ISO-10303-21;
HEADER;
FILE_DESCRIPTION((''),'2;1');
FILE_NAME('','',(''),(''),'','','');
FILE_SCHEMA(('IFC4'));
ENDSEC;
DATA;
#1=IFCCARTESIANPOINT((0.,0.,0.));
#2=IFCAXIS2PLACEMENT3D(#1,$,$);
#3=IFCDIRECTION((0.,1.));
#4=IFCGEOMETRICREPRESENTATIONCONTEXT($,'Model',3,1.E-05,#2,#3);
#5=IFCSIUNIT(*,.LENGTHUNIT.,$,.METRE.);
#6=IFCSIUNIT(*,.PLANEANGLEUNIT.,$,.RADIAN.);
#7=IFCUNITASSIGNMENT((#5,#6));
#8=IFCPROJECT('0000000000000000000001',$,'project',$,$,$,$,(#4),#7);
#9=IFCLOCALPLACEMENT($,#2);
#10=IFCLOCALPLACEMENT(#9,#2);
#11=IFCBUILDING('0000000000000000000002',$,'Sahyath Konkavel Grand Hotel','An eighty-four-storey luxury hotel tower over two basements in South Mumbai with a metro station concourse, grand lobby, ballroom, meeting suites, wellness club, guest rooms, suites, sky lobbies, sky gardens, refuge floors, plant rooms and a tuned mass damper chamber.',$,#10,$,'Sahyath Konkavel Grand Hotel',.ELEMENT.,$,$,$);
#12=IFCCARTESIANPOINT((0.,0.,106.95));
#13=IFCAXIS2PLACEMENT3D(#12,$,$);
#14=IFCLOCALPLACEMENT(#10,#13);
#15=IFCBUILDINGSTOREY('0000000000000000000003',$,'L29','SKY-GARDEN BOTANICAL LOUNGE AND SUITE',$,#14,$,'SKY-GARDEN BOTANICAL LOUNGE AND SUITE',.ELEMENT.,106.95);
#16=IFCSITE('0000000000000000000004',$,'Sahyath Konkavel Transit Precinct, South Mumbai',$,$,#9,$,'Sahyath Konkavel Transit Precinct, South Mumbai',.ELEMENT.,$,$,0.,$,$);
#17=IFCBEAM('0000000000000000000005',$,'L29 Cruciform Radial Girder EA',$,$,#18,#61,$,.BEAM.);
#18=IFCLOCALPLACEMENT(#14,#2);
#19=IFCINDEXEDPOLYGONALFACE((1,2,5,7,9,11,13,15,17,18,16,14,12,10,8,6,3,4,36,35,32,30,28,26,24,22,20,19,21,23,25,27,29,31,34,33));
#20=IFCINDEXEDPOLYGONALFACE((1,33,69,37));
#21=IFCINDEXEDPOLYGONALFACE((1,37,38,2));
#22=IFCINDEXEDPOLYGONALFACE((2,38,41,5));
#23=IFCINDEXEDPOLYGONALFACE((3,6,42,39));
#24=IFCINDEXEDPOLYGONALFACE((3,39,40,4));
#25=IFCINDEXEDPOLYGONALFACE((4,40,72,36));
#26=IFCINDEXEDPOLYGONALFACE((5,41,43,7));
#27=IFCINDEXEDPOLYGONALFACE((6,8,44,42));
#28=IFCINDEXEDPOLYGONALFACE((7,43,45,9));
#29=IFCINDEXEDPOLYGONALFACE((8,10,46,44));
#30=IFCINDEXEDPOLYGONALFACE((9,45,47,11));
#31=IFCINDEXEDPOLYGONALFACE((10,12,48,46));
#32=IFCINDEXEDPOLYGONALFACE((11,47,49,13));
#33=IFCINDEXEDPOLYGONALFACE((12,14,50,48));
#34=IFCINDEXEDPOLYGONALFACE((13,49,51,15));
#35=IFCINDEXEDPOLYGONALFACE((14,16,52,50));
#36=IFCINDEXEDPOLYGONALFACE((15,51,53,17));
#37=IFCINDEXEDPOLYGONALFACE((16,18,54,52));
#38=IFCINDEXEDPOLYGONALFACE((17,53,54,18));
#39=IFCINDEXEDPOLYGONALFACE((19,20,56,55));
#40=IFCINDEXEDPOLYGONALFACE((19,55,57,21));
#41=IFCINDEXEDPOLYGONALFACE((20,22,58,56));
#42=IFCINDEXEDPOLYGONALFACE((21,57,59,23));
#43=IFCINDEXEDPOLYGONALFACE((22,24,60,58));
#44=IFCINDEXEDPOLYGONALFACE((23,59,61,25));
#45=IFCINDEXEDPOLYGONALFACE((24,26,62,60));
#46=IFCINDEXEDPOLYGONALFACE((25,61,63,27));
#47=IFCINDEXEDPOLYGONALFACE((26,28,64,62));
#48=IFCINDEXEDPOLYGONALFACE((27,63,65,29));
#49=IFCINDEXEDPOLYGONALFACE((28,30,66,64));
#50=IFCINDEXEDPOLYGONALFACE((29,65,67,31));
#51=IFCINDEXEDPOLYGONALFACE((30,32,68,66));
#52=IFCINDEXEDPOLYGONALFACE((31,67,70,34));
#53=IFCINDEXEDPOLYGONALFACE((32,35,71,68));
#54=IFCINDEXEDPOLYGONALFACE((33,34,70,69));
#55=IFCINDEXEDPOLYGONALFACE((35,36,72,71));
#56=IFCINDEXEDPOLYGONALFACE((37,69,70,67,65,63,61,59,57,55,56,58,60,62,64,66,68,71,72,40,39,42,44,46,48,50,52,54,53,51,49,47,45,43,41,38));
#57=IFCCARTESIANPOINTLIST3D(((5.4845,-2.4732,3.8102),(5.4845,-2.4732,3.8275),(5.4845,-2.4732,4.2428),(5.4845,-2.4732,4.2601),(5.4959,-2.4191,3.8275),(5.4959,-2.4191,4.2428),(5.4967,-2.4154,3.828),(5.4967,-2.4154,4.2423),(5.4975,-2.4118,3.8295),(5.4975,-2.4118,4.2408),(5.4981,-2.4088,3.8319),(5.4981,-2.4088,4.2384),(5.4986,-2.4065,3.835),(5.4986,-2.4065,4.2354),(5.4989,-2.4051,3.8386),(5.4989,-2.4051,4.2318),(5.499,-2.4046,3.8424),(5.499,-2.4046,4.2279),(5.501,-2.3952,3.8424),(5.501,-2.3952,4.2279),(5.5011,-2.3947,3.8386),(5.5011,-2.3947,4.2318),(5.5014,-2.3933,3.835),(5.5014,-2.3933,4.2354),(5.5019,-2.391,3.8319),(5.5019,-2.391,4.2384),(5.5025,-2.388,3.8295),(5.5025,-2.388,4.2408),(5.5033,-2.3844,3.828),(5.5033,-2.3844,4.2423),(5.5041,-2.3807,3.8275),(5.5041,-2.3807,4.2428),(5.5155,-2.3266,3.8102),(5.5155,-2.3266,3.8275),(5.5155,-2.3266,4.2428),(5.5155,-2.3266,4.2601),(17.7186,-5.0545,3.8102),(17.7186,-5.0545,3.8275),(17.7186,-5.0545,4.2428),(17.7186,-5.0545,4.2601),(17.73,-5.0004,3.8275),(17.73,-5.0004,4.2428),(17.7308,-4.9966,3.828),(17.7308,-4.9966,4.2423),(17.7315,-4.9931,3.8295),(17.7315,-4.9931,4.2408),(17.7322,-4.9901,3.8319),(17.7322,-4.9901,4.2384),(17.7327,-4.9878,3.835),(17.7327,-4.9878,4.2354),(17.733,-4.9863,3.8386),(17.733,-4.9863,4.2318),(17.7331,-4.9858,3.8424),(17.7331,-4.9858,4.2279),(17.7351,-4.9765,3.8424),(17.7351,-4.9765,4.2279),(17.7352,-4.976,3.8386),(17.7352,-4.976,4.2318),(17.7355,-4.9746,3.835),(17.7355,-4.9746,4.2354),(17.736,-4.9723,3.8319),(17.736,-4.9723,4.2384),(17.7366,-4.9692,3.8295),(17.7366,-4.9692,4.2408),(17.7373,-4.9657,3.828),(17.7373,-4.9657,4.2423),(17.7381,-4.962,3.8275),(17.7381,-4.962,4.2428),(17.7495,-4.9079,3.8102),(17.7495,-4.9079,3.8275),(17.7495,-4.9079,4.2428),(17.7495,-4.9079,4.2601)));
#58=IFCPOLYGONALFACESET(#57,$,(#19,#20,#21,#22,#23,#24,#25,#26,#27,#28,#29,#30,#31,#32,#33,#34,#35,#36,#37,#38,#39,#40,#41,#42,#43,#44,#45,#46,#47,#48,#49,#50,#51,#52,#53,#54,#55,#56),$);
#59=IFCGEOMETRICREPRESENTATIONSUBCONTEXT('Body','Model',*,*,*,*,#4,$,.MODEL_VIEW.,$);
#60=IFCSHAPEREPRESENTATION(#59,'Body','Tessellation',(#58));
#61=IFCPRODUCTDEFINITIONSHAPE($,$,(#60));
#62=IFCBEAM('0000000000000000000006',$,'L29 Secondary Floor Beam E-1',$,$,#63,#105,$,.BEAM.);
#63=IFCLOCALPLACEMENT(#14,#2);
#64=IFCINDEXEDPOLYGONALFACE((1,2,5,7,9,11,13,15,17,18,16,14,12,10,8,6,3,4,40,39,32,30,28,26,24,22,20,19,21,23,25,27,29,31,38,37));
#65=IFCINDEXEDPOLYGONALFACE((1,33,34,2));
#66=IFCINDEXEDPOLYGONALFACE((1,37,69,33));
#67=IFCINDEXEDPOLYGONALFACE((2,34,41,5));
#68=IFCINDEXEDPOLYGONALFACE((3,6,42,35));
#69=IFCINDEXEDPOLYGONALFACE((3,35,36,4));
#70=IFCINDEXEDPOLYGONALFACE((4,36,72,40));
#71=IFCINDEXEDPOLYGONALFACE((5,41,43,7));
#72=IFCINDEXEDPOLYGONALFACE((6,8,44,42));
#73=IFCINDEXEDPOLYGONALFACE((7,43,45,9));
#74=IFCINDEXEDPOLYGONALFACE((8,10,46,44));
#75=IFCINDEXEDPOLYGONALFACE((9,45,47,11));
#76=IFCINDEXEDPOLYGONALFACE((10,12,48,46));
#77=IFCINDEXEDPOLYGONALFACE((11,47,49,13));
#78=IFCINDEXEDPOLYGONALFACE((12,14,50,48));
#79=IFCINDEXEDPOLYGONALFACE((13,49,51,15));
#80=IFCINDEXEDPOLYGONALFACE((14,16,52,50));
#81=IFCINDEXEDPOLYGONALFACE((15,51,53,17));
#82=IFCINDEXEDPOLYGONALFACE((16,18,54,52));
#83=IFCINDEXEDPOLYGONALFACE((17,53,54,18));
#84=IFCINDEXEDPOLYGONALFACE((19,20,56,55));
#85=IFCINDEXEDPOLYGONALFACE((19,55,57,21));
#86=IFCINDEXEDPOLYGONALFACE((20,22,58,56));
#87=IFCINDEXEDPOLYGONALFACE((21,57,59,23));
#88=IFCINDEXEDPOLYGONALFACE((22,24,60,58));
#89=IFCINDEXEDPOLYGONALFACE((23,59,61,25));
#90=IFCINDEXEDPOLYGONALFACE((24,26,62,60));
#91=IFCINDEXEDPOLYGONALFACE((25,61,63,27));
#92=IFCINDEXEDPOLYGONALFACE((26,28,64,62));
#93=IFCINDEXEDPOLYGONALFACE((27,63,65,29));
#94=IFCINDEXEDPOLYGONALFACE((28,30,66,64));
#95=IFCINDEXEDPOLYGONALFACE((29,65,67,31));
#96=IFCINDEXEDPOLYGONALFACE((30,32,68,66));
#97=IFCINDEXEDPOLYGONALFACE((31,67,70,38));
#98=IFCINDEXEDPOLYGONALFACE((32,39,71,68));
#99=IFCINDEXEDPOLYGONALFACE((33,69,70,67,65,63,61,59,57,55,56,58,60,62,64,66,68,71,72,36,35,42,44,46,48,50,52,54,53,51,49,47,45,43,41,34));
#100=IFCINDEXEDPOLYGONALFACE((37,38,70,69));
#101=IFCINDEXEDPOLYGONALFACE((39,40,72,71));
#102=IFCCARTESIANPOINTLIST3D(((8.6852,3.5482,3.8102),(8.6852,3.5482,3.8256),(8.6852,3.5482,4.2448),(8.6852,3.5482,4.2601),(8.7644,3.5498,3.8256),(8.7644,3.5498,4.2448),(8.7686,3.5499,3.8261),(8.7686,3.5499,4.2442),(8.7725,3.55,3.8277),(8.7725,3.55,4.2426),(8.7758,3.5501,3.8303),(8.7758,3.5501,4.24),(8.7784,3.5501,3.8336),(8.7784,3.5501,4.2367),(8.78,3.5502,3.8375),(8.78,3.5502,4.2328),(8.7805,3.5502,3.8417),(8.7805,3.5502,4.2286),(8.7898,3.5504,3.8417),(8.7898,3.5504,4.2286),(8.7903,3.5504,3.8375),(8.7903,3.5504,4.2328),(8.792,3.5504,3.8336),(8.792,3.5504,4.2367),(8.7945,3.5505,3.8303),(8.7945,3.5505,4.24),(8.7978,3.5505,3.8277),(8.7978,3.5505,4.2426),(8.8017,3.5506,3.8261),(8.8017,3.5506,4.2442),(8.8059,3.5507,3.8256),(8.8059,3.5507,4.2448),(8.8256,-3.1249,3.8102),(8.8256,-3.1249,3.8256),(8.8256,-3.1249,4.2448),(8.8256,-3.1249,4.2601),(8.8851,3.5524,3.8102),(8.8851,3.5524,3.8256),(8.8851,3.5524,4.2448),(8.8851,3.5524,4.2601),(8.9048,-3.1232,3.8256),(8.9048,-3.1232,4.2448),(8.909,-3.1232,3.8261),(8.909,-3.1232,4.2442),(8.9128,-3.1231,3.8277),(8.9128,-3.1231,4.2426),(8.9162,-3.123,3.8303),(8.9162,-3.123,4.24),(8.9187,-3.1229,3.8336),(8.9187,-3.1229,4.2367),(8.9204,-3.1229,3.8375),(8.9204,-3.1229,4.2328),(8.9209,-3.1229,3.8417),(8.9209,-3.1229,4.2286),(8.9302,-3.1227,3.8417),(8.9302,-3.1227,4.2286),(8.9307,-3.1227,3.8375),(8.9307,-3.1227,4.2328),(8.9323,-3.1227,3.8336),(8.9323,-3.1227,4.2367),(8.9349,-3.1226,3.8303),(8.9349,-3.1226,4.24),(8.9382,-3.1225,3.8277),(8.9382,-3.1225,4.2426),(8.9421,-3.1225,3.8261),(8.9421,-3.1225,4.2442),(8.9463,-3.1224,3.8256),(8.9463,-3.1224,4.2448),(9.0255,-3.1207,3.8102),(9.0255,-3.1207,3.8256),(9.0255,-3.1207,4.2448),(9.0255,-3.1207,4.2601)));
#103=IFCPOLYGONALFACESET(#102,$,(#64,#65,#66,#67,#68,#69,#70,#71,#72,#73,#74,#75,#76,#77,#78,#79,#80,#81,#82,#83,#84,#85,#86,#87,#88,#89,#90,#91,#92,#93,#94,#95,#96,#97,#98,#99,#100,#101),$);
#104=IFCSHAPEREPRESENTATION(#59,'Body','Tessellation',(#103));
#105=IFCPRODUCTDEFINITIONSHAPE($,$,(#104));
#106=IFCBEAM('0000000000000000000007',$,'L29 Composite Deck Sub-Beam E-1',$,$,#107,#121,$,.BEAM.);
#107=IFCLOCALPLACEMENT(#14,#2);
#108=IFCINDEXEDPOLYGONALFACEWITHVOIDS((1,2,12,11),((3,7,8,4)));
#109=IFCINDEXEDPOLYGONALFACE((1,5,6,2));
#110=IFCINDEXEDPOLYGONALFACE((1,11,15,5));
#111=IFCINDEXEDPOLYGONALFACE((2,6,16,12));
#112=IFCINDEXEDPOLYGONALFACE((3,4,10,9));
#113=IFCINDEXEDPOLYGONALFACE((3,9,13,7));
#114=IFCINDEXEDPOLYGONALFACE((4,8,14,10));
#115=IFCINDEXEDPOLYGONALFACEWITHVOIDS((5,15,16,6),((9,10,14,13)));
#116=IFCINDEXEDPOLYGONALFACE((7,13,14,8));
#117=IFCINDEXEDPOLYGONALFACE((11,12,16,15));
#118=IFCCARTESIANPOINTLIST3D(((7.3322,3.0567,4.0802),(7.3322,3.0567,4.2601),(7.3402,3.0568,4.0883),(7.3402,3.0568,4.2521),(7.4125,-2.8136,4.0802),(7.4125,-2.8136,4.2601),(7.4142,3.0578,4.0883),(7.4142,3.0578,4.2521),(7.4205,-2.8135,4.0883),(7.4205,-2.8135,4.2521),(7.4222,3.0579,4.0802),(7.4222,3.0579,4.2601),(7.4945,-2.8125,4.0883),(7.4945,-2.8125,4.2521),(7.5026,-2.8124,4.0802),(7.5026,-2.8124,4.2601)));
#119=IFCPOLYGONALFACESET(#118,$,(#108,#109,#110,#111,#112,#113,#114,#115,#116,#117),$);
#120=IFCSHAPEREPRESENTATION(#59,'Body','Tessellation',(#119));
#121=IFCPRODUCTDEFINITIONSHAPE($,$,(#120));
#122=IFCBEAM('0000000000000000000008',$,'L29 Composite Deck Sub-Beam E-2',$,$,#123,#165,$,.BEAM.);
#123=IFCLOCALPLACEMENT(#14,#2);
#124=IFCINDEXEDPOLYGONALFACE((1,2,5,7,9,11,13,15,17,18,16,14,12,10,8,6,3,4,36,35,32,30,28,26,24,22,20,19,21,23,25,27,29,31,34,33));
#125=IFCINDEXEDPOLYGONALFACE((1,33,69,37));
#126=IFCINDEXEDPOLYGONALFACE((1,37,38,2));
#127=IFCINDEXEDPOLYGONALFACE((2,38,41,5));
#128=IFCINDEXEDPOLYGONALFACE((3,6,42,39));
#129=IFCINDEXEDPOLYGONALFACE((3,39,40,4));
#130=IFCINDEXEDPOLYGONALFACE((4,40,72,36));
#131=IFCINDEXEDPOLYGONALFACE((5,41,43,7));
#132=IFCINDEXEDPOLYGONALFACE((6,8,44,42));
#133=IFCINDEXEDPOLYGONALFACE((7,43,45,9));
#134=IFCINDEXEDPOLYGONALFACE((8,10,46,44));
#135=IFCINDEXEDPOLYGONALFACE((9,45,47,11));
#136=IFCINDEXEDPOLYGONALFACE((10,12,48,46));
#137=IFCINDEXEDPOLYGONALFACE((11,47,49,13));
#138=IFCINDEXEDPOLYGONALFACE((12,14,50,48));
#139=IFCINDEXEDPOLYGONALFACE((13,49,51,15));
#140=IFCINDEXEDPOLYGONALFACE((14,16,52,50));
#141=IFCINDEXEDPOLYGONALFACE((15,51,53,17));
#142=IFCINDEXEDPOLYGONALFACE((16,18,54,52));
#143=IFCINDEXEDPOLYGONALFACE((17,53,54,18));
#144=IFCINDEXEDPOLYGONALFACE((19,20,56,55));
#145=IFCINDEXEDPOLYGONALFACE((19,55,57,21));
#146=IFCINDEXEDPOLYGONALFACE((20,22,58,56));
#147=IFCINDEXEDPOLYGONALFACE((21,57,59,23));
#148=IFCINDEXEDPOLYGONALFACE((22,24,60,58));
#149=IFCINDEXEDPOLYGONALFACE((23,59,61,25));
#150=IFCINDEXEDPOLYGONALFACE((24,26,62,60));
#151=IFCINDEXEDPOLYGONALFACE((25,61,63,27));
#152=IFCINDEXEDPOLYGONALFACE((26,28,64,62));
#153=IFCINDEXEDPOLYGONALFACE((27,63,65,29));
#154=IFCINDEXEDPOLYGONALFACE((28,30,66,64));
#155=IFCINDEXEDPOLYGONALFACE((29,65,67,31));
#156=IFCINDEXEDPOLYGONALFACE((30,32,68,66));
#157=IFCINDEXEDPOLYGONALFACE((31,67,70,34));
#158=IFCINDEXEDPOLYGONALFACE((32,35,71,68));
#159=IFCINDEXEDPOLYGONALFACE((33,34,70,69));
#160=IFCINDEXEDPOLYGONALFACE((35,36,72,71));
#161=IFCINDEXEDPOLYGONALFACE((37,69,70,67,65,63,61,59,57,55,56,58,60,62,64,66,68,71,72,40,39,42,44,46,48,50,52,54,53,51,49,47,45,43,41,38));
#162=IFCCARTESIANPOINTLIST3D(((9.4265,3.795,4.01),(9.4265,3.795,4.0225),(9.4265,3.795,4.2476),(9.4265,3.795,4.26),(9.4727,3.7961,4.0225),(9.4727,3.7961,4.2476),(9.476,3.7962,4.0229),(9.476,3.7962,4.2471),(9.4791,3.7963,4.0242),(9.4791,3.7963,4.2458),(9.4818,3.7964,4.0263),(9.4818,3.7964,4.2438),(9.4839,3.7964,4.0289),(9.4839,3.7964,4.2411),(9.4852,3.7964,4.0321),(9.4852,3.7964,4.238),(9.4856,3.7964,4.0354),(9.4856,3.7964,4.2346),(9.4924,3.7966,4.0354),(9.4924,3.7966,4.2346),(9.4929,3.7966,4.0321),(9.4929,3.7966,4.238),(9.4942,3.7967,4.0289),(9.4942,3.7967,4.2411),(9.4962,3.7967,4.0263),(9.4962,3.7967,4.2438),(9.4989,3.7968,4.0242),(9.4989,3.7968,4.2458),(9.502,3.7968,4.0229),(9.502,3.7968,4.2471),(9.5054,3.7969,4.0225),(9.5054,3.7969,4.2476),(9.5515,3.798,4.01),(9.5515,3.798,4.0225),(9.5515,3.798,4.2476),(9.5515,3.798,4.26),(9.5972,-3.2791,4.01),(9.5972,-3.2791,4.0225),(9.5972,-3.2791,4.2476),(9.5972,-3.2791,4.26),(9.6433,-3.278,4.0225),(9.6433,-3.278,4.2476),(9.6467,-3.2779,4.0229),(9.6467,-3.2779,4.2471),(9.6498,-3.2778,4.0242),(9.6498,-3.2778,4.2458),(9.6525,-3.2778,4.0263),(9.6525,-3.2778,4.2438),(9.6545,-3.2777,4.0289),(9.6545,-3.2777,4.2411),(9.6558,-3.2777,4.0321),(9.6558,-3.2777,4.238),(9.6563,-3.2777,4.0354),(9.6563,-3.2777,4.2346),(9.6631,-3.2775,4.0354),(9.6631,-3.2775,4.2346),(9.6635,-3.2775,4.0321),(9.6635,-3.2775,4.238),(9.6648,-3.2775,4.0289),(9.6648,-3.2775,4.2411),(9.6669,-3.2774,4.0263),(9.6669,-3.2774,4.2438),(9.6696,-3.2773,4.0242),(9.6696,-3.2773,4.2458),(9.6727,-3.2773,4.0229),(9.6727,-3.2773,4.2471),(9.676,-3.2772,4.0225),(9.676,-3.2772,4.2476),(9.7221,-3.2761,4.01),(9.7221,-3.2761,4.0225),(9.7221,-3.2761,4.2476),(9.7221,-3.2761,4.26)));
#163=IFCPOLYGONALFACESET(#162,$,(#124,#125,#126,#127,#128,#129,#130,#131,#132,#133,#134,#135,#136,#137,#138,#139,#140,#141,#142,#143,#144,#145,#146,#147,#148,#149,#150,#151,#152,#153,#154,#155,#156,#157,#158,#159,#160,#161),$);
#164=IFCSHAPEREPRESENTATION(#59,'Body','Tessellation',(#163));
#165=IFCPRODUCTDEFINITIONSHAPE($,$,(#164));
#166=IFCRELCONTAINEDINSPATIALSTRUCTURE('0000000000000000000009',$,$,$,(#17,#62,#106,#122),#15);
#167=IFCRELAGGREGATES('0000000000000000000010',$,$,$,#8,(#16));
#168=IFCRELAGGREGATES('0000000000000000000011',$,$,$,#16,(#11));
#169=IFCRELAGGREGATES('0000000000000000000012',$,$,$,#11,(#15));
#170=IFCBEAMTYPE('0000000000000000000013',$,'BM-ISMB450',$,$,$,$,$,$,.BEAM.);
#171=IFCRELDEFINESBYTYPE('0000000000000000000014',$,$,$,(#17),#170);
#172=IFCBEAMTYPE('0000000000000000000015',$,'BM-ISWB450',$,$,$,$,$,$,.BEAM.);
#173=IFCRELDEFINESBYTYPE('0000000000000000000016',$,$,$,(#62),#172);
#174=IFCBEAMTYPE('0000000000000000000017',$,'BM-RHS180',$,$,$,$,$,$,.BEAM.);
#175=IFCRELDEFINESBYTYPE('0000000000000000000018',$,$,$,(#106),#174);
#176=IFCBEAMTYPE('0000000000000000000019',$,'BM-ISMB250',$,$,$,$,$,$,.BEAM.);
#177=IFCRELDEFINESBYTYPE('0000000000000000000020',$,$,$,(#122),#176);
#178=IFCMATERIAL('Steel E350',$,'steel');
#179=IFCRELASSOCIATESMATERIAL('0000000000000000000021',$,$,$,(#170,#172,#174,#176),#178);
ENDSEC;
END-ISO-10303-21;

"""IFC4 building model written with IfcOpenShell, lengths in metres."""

from ifc_helpers import new_model, si_unit, direction, frame, origin, origin_2d, place, context, subcontext, project, spatial, hollow_rectangle, i_section, extrude, source, transform, mapped, material, material_profile, profile_set, type_object, element, save


model = new_model("IFC4")

# Units and contexts
model_context = context("Model", 3, precision=1e-05, world=origin(), true_north=direction((0.0, 1.0)))
body_context = subcontext(model_context, "Body", "Model", "MODEL_VIEW")
ifc_project = project(units=[si_unit("LENGTHUNIT", "METRE"), si_unit("PLANEANGLEUNIT", "RADIAN")], contexts=[model_context])

# Site, building, storey
site_placement = place(None, origin())
site = spatial("IfcSite", under=ifc_project, at=site_placement, Name="Sahyath Konkavel Transit Precinct, South Mumbai", LongName="Sahyath Konkavel Transit Precinct, South Mumbai", CompositionType="ELEMENT", RefElevation=0.0)
building_placement = place(site_placement, origin())
building = spatial("IfcBuilding", under=site, at=building_placement, Name="Sahyath Konkavel Grand Hotel", Description="An eighty-four-storey luxury hotel tower over two basements in South Mumbai with a metro station concourse, grand lobby, ballroom, meeting suites, wellness club, guest rooms, suites, sky lobbies, sky gardens, refuge floors, plant rooms and a tuned mass damper chamber.", LongName="Sahyath Konkavel Grand Hotel", CompositionType="ELEMENT")
storey_placement = place(building_placement, frame((0.0, 0.0, 106.95)))
storey = spatial("IfcBuildingStorey", under=building, at=storey_placement, Name="L29", Description="SKY-GARDEN BOTANICAL LOUNGE AND SUITE", LongName="SKY-GARDEN BOTANICAL LOUNGE AND SUITE", CompositionType="ELEMENT", Elevation=106.95)

# Beams
ifc_material_1 = material(Name="Steel E350", Category="steel")
ifc_material_profile_1 = material_profile(ifc_material_1, i_section(OverallWidth=0.1499, OverallDepth=0.45, WebThickness=0.0095, FlangeThickness=0.0173, FilletRadius=0.0149, at=origin_2d()), Name="ISMB 450")
ifc_profile_set_1 = profile_set([ifc_material_profile_1], Name="Steel E350")
beam_type_1 = type_object("IfcBeamType", Name="BM-ISMB450", PredefinedType="BEAM", material=ifc_profile_set_1)
shared_shape_1 = source(origin(), body_context, "Body", "SweptSolid", [
    extrude(i_section(OverallWidth=0.1499, OverallDepth=0.45, WebThickness=0.0095, FlangeThickness=0.0173, FilletRadius=0.0149, at=origin_2d()), origin(), (0.0, 0.0, 1.0), 12.5034),
])
beam_1_placement = place(storey_placement, frame((5.5, -2.3999, 4.0352), z_axis=(0.978458, -0.206446, 0.0), x_axis=(0.206446, 0.978458, 0.0)))
element("IfcBeam", 1, at=beam_1_placement, inside=storey, type_object=beam_type_1, Name="L29 Cruciform Radial Girder EA", PredefinedType="BEAM", context=body_context, shape_type="MappedRepresentation", body=[
    mapped(shared_shape_1, transform((0.0, 0.0, 0.0), scale=1.0)),
])
ifc_material_profile_2 = material_profile(ifc_material_1, i_section(OverallWidth=0.2, OverallDepth=0.45, WebThickness=0.0093, FlangeThickness=0.0154, FilletRadius=0.0161, at=origin_2d()), Name="ISWB 450")
ifc_profile_set_2 = profile_set([ifc_material_profile_2], Name="Steel E350")
beam_type_2 = type_object("IfcBeamType", Name="BM-ISWB450", PredefinedType="BEAM", material=ifc_profile_set_2)
shared_shape_2 = source(origin(), body_context, "Body", "SweptSolid", [
    extrude(i_section(OverallWidth=0.2, OverallDepth=0.45, WebThickness=0.0093, FlangeThickness=0.0154, FilletRadius=0.0161, at=origin_2d()), origin(), (0.0, 0.0, 1.0), 6.6746),
])
beam_2_placement = place(storey_placement, frame((8.9255, -3.1228, 4.0352), z_axis=(-0.021032, 0.999779, 0.0), x_axis=(-0.999779, -0.021032, 0.0)))
element("IfcBeam", 2, at=beam_2_placement, inside=storey, type_object=beam_type_2, Name="L29 Secondary Floor Beam E-1", PredefinedType="BEAM", context=body_context, shape_type="MappedRepresentation", body=[
    mapped(shared_shape_2, transform((0.0, 0.0, 0.0), scale=1.0)),
])
ifc_material_profile_3 = material_profile(ifc_material_1, hollow_rectangle(XDim=0.0901, YDim=0.1799, WallThickness=0.0081, at=origin_2d()), Name="RHS 180x90x8")
ifc_profile_set_3 = profile_set([ifc_material_profile_3], Name="Steel E350")
beam_type_3 = type_object("IfcBeamType", Name="BM-RHS180", PredefinedType="BEAM", material=ifc_profile_set_3)
shared_shape_3 = source(origin(), body_context, "Body", "SweptSolid", [
    extrude(hollow_rectangle(XDim=0.0901, YDim=0.1799, WallThickness=0.0081, at=origin_2d()), origin(), (0.0, 0.0, 1.0), 5.8708),
])
beam_3_placement = place(storey_placement, frame((7.4575, -2.813, 4.1702), z_axis=(-0.013681, 0.999906, 0.0), x_axis=(-0.999906, -0.013681, 0.0)))
element("IfcBeam", 3, at=beam_3_placement, inside=storey, type_object=beam_type_3, Name="L29 Composite Deck Sub-Beam E-1", PredefinedType="BEAM", context=body_context, shape_type="MappedRepresentation", body=[
    mapped(shared_shape_3, transform((0.0, 0.0, 0.0), scale=1.0)),
])
ifc_material_profile_4 = material_profile(ifc_material_1, i_section(OverallWidth=0.125, OverallDepth=0.25, WebThickness=0.0068, FlangeThickness=0.0125, FilletRadius=0.0129, at=origin_2d()), Name="ISMB 250")
ifc_profile_set_4 = profile_set([ifc_material_profile_4], Name="Steel E350")
beam_type_4 = type_object("IfcBeamType", Name="BM-ISMB250", PredefinedType="BEAM", material=ifc_profile_set_4)
shared_shape_4 = source(origin(), body_context, "Body", "SweptSolid", [
    extrude(i_section(OverallWidth=0.125, OverallDepth=0.25, WebThickness=0.0068, FlangeThickness=0.0125, FilletRadius=0.0129, at=origin_2d()), origin(), (0.0, 0.0, 1.0), 7.0762),
])
beam_4_placement = place(storey_placement, frame((9.6597, -3.2776, 4.135), z_axis=(-0.024116, 0.999709, 0.0), x_axis=(-0.999709, -0.024116, 0.0)))
element("IfcBeam", 4, at=beam_4_placement, inside=storey, type_object=beam_type_4, Name="L29 Composite Deck Sub-Beam E-2", PredefinedType="BEAM", context=body_context, shape_type="MappedRepresentation", body=[
    mapped(shared_shape_4, transform((0.0, 0.0, 0.0), scale=1.0)),
])

save(model, "model.ifc")
